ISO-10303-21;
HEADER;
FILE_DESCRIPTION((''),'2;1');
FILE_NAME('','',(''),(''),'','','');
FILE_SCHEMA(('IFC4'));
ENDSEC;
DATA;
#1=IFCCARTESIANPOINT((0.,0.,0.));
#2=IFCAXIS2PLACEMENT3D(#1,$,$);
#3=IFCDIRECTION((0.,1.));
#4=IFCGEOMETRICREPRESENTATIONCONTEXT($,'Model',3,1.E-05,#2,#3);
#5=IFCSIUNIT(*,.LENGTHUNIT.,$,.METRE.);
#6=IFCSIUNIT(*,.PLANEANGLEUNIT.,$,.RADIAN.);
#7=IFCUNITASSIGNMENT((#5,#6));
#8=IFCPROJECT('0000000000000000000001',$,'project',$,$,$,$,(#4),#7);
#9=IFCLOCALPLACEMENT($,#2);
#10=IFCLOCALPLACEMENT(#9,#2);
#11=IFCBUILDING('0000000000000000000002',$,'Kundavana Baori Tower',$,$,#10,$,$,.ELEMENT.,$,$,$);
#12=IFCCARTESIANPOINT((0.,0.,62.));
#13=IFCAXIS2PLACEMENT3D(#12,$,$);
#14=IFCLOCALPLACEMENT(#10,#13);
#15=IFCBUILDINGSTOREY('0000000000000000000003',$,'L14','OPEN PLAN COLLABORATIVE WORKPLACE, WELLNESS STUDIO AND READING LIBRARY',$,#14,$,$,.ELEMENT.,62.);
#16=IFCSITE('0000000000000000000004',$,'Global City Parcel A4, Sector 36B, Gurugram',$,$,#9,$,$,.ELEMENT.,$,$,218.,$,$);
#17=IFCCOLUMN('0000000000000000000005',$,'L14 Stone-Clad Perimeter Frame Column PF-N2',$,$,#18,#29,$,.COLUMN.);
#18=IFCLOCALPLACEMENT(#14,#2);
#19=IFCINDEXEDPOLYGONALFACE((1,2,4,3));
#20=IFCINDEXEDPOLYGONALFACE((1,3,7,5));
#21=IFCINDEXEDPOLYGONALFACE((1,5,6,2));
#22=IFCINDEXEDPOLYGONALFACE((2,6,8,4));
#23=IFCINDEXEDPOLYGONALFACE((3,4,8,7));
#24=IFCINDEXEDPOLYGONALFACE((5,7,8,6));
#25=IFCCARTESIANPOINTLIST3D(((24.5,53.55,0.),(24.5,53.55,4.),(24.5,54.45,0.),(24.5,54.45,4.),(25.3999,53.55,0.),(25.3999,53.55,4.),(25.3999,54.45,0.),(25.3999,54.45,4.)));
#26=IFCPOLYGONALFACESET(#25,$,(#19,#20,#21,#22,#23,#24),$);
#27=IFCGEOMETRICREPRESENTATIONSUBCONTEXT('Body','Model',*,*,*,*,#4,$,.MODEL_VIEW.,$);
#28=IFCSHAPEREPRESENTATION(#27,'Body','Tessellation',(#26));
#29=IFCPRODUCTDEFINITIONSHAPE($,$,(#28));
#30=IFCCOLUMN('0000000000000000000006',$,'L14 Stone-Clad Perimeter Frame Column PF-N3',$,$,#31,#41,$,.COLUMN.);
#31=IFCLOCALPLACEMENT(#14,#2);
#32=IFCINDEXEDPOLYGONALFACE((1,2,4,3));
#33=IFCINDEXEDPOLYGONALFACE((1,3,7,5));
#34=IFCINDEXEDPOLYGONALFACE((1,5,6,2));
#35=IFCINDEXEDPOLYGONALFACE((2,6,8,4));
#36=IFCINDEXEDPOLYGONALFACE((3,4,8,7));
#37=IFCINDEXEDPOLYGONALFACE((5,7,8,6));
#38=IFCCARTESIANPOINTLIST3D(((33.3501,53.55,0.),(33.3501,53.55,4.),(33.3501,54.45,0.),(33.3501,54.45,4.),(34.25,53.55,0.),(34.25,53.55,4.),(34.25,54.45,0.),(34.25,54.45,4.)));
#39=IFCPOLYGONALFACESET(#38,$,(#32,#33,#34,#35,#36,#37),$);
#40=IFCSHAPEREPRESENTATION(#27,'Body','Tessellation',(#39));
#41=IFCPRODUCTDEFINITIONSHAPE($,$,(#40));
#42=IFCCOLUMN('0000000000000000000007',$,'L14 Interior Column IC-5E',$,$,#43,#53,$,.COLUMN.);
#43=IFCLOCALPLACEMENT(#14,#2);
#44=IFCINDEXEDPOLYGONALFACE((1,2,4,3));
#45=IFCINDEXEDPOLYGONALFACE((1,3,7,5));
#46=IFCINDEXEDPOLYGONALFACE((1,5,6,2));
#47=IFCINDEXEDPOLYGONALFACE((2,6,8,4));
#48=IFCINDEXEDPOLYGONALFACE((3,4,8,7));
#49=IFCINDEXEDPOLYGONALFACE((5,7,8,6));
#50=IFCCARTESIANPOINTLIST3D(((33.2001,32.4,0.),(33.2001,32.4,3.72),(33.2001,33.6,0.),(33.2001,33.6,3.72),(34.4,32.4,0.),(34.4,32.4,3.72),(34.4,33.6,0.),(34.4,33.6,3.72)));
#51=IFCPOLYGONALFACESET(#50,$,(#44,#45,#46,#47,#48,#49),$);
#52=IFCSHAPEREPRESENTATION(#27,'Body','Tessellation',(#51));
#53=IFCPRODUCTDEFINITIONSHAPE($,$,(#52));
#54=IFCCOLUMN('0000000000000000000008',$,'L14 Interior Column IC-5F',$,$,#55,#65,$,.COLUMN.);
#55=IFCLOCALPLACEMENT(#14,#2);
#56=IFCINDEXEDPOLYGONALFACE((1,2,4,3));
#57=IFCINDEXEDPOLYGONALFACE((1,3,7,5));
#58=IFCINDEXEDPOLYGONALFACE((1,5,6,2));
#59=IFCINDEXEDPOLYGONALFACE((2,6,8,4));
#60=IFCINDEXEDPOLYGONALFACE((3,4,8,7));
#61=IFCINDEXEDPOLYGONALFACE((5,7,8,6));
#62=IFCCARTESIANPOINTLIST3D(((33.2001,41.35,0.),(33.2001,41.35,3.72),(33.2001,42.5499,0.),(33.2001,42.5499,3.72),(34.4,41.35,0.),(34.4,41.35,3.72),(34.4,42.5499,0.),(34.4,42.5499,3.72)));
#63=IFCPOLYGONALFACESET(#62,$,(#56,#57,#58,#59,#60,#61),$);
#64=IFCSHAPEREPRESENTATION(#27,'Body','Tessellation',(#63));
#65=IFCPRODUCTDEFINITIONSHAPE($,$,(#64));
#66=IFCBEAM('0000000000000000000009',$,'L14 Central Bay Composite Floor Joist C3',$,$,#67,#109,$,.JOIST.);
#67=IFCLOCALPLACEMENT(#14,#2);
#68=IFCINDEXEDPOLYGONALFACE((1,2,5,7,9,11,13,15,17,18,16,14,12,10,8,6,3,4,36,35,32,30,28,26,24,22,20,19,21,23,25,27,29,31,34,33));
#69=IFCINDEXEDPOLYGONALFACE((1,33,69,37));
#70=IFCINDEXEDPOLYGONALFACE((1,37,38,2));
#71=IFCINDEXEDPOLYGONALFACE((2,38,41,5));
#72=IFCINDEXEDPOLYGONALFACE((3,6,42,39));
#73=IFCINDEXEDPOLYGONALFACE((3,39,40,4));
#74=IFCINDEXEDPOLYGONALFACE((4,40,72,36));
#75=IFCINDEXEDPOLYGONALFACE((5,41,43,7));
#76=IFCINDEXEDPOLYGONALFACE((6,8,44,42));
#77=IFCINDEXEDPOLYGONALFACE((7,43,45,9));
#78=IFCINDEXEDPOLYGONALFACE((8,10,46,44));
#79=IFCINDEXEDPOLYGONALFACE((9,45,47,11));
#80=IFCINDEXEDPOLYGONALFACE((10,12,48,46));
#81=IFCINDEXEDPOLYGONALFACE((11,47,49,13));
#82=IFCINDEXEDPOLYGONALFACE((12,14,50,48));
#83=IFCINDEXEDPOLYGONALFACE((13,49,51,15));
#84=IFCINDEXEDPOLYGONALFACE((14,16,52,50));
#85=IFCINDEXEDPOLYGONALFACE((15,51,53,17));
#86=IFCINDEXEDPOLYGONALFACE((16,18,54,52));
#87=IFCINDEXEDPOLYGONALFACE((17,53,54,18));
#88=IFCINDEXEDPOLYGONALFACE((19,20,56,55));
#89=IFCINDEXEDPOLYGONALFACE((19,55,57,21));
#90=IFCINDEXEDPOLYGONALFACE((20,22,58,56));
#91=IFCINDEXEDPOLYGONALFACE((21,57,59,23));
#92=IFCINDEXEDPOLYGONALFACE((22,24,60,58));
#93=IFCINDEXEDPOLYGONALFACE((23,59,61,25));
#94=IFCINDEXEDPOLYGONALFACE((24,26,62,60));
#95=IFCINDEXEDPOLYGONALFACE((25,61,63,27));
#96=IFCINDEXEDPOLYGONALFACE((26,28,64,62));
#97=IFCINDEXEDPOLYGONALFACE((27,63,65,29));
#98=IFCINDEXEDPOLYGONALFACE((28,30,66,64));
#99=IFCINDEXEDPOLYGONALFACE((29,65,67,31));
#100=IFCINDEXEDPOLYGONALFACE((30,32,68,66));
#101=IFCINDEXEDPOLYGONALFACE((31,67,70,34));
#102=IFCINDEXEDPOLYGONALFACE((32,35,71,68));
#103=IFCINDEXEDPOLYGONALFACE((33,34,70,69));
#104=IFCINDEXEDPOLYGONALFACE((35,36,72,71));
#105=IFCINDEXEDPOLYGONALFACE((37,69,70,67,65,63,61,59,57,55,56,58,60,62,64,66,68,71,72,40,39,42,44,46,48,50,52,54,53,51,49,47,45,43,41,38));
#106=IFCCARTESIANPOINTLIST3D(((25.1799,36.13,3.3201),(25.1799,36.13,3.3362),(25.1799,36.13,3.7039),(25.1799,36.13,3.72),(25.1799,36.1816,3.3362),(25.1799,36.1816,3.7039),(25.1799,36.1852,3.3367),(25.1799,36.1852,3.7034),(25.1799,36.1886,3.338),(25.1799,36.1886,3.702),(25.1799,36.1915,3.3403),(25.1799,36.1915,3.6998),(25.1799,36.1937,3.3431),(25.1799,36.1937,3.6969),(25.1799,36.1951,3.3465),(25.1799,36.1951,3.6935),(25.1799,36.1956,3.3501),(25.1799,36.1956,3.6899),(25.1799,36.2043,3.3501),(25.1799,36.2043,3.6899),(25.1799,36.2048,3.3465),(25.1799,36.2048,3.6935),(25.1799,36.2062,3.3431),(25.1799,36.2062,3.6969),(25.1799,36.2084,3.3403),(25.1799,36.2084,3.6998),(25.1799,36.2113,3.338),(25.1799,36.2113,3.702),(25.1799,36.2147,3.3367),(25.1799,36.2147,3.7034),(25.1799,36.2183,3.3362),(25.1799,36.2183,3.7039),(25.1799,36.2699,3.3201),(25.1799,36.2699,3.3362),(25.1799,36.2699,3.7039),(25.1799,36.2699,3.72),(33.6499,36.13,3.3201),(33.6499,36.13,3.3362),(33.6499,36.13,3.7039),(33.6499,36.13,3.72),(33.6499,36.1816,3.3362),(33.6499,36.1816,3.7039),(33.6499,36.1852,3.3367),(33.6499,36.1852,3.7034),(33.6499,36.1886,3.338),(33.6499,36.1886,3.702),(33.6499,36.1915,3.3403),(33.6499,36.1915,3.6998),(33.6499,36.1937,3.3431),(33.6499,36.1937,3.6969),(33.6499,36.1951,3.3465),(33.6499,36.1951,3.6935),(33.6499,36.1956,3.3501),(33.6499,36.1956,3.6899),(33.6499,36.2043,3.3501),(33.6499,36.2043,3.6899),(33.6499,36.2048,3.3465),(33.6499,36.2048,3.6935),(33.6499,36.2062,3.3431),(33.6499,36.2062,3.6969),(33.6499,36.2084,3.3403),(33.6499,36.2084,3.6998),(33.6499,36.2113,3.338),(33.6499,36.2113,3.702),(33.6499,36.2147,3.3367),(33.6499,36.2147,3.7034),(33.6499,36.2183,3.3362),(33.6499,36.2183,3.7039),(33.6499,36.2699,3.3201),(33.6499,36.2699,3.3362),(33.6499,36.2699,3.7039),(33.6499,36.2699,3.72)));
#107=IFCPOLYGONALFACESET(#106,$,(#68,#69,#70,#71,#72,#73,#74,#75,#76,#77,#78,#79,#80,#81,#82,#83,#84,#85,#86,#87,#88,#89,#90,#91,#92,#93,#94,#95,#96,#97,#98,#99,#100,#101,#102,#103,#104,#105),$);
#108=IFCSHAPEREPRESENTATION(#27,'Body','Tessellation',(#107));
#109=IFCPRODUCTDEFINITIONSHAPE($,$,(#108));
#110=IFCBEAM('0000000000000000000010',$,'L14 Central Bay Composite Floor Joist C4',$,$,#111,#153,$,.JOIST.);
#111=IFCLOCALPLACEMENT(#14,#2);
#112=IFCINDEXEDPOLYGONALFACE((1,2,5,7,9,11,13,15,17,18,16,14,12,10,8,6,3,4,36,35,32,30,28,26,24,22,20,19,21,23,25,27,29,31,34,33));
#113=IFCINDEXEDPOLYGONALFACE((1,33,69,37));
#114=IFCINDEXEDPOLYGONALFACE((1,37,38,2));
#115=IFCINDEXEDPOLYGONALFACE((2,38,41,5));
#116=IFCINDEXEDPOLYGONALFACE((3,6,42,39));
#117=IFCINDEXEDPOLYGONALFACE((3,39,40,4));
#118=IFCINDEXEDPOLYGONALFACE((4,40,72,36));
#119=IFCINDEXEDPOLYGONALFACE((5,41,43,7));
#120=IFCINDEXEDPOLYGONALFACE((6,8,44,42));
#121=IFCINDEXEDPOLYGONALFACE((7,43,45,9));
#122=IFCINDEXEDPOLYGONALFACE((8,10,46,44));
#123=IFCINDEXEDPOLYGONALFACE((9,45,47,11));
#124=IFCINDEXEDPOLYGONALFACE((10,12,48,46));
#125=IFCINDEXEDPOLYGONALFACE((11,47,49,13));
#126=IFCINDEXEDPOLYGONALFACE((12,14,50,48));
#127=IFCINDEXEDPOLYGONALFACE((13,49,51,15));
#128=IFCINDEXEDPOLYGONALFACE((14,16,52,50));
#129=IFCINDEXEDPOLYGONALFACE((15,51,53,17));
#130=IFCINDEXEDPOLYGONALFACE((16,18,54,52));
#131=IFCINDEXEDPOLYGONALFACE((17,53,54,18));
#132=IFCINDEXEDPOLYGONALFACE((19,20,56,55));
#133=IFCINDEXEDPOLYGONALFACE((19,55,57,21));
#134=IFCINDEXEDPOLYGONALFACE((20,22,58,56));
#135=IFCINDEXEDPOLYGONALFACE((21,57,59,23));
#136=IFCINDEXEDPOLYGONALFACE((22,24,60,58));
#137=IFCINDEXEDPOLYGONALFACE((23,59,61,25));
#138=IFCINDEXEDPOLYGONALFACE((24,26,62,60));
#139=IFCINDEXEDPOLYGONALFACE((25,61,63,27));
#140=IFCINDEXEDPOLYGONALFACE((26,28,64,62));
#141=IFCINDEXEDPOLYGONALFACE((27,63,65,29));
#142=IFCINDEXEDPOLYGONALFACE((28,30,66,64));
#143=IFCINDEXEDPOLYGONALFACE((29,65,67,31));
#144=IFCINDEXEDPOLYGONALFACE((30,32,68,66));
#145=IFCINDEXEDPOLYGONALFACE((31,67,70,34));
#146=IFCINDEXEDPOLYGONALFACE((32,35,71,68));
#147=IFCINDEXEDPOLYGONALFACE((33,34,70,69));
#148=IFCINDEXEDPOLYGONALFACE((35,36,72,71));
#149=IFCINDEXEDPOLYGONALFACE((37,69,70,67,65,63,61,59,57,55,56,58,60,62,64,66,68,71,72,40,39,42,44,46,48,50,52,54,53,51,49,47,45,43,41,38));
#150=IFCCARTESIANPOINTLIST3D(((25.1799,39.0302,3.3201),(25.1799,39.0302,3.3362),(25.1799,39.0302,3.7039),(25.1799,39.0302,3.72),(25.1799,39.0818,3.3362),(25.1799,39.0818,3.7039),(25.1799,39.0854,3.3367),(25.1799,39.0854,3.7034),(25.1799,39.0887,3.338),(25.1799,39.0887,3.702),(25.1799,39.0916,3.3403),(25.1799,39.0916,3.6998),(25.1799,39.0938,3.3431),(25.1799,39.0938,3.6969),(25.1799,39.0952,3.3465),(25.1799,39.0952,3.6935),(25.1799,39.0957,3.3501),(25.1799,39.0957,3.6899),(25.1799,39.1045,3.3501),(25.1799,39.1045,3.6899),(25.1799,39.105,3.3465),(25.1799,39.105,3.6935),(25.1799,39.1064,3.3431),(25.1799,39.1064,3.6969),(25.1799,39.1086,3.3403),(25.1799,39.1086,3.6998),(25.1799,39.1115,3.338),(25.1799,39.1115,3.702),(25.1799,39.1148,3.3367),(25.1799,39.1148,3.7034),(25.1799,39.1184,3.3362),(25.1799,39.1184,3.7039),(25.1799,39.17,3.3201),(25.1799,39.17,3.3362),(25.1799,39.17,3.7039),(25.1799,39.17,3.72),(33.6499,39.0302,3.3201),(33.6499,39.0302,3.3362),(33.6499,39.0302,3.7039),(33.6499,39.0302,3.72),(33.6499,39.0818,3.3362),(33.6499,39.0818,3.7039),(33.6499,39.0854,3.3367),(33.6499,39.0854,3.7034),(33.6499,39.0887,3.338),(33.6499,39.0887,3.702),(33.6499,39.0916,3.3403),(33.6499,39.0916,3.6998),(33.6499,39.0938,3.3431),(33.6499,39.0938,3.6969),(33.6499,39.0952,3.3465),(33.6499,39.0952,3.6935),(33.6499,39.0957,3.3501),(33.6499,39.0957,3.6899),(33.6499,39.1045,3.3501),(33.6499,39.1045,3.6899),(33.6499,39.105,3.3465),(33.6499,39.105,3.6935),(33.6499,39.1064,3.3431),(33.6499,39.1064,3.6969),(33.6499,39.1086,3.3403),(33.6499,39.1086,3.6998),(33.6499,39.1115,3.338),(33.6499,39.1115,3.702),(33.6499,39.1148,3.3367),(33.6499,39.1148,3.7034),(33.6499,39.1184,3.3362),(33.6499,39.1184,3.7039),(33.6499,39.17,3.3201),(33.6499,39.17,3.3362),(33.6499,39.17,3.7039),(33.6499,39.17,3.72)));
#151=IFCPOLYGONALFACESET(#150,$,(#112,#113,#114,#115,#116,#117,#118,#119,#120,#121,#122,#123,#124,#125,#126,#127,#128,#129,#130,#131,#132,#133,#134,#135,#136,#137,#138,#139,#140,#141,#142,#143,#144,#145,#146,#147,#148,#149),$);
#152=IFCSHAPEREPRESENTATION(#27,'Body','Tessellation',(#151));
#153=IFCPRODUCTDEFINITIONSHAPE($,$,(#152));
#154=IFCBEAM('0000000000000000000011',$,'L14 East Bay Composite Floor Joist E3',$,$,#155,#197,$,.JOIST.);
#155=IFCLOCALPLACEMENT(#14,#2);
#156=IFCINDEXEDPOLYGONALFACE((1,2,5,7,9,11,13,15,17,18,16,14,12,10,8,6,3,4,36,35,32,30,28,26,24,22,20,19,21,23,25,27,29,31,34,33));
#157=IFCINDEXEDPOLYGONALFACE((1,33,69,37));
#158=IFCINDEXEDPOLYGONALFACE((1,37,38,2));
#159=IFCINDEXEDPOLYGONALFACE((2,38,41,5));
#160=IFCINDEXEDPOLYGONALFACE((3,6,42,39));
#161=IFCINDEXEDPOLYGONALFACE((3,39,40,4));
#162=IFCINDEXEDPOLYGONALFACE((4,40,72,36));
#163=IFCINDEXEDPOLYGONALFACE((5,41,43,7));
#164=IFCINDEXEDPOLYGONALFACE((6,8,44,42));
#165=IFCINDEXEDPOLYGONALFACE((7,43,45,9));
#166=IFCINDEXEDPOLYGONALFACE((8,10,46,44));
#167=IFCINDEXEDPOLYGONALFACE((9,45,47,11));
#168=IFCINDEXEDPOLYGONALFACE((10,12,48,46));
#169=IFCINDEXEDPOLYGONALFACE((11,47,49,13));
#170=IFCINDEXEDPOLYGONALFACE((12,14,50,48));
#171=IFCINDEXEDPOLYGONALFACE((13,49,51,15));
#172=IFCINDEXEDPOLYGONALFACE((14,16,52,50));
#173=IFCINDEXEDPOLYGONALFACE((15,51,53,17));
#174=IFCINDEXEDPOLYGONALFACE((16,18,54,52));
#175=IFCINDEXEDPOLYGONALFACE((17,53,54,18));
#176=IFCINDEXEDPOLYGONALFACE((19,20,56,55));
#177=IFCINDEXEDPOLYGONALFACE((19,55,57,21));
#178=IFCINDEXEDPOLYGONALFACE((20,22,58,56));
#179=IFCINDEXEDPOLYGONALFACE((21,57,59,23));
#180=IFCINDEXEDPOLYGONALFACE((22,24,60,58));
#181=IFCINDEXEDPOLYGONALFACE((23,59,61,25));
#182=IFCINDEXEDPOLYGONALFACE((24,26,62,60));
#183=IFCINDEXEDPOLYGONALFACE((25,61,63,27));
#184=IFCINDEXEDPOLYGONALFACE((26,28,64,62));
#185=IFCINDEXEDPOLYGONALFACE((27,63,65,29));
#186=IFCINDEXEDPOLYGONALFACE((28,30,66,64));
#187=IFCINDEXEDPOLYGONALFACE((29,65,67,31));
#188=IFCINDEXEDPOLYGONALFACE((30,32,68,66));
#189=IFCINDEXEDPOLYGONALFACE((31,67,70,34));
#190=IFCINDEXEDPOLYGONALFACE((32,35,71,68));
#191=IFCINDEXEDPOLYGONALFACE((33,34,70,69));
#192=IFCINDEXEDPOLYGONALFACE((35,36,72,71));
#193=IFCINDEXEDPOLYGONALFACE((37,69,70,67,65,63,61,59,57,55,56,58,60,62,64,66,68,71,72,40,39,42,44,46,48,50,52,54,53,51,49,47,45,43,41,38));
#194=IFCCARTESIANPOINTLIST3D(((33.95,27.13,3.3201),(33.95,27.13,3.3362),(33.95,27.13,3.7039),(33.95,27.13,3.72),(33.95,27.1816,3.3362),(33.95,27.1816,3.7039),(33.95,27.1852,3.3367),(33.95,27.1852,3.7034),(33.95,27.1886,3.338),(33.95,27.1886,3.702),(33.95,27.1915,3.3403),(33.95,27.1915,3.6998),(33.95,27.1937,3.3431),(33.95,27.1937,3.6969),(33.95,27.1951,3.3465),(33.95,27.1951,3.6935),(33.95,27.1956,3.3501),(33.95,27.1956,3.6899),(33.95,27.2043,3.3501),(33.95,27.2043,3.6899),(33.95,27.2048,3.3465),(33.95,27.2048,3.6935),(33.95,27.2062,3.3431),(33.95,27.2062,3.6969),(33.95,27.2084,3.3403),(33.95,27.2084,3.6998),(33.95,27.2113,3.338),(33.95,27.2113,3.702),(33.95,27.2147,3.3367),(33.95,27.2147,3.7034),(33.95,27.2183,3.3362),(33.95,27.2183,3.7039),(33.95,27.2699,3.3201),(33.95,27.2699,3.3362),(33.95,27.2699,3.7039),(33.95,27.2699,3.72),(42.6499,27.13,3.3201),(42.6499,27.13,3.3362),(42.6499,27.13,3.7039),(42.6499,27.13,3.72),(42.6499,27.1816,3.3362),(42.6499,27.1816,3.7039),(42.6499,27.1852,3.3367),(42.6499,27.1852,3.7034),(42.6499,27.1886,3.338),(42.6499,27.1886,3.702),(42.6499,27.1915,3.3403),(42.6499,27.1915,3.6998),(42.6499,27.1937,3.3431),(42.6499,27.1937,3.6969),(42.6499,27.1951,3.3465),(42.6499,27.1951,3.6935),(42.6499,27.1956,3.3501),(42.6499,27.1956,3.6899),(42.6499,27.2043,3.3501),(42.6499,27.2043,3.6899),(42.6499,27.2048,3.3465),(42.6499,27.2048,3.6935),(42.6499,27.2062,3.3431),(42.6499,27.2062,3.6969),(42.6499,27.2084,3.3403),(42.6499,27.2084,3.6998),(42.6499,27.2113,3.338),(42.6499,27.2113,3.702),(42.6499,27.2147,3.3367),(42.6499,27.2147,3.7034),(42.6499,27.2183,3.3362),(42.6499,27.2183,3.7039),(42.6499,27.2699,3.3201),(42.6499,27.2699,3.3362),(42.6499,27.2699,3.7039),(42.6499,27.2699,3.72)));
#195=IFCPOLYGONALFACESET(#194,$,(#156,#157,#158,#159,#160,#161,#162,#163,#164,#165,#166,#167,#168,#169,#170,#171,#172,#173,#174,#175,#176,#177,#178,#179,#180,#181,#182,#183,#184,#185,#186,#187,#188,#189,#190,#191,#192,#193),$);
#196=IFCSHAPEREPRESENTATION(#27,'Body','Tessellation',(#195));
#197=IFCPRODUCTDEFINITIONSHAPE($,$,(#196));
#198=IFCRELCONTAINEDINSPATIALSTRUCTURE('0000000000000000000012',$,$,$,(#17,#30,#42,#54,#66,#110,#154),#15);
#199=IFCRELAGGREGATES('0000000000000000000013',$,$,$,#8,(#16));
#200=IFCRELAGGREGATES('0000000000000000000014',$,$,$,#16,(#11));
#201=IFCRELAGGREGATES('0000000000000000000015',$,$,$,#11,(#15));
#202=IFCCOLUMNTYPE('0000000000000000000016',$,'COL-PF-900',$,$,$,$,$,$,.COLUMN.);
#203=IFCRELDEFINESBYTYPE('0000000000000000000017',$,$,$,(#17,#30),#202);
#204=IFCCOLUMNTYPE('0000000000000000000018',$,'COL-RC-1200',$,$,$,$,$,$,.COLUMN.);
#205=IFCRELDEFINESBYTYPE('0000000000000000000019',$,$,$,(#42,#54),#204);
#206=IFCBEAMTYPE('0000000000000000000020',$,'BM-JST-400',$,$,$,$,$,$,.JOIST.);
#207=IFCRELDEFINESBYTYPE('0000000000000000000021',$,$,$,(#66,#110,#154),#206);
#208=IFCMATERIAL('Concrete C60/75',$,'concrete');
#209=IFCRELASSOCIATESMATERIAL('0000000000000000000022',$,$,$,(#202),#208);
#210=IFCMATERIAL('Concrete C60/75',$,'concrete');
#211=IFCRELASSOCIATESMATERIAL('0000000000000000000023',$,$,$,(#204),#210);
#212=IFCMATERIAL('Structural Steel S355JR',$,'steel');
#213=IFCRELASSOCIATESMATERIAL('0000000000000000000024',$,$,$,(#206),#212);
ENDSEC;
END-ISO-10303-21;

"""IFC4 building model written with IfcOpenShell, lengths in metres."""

from ifc_helpers import new_model, si_unit, direction, frame, origin, origin_2d, place, context, subcontext, project, spatial, rectangle, i_section, extrude, material, material_profile, profile_set, type_object, element, save


model = new_model("IFC4")

# Units and contexts
model_context = context("Model", 3, precision=1e-05, world=origin(), true_north=direction((0.0, 1.0)))
body_context = subcontext(model_context, "Body", "Model", "MODEL_VIEW")
ifc_project = project(units=[si_unit("LENGTHUNIT", "METRE"), si_unit("PLANEANGLEUNIT", "RADIAN")], contexts=[model_context])

# Site, building, storey
site_placement = place(None, origin())
site = spatial("IfcSite", under=ifc_project, at=site_placement, Name="Global City Parcel A4, Sector 36B, Gurugram", CompositionType="ELEMENT", RefElevation=218.0)
building_placement = place(site_placement, origin())
building = spatial("IfcBuilding", under=site, at=building_placement, Name="Kundavana Baori Tower", CompositionType="ELEMENT")
storey_placement = place(building_placement, frame((0.0, 0.0, 62.0)))
storey = spatial("IfcBuildingStorey", under=building, at=storey_placement, Name="L14", Description="OPEN PLAN COLLABORATIVE WORKPLACE, WELLNESS STUDIO AND READING LIBRARY", CompositionType="ELEMENT", Elevation=62.0)

# Columns
ifc_material_1 = material(Name="Concrete C60/75", Category="concrete")
ifc_material_profile_1 = material_profile(ifc_material_1, rectangle(XDim=0.8999, YDim=0.8999, at=origin_2d()), Name="RC PF 900x900")
ifc_profile_set_1 = profile_set([ifc_material_profile_1], Name="Concrete C60/75")
column_type_1 = type_object("IfcColumnType", Name="COL-PF-900", PredefinedType="COLUMN", material=ifc_profile_set_1)
for number, where, z_axis, x_axis, name in (
    (1, (24.95, 54.0, 0.0), (0.0, 0.0, 1.0), (1.0, 0.0, 0.0), "L14 Stone-Clad Perimeter Frame Column PF-N2"),
    (2, (33.8, 54.0, 0.0), (0.0, 0.0, 1.0), (1.0, 0.0, 0.0), "L14 Stone-Clad Perimeter Frame Column PF-N3"),
):
    element("IfcColumn", number, at=place(storey_placement, frame(where, z_axis=z_axis, x_axis=x_axis)), inside=storey, type_object=column_type_1, Name=name, PredefinedType="COLUMN", context=body_context, shape_type="SweptSolid", body=[
        extrude(rectangle(XDim=0.8999, YDim=0.8999, at=origin_2d()), origin(), (0.0, 0.0, 1.0), 4.0),
    ])
ifc_material_2 = material(Name="Concrete C60/75", Category="concrete")
ifc_material_profile_2 = material_profile(ifc_material_2, rectangle(XDim=1.2, YDim=1.2, at=origin_2d()), Name="RC 1200x1200")
ifc_profile_set_2 = profile_set([ifc_material_profile_2], Name="Concrete C60/75")
column_type_2 = type_object("IfcColumnType", Name="COL-RC-1200", PredefinedType="COLUMN", material=ifc_profile_set_2)
for number, where, z_axis, x_axis, name in (
    (3, (33.8, 33.0, 0.0), (0.0, 0.0, 1.0), (1.0, 0.0, 0.0), "L14 Interior Column IC-5E"),
    (4, (33.8, 41.95, 0.0), (0.0, 0.0, 1.0), (1.0, 0.0, 0.0), "L14 Interior Column IC-5F"),
):
    element("IfcColumn", number, at=place(storey_placement, frame(where, z_axis=z_axis, x_axis=x_axis)), inside=storey, type_object=column_type_2, Name=name, PredefinedType="COLUMN", context=body_context, shape_type="SweptSolid", body=[
        extrude(rectangle(XDim=1.2, YDim=1.2, at=origin_2d()), origin(), (0.0, 0.0, 1.0), 3.72),
    ])

# Beams
ifc_material_3 = material(Name="Structural Steel S355JR", Category="steel")
ifc_material_profile_3 = material_profile(ifc_material_3, i_section(OverallWidth=0.1399, OverallDepth=0.3999, WebThickness=0.0088, FlangeThickness=0.0161, FilletRadius=0.0139, at=origin_2d()), Name="ISMB 400")
ifc_profile_set_3 = profile_set([ifc_material_profile_3], Name="Structural Steel S355JR")
beam_type_1 = type_object("IfcBeamType", Name="BM-JST-400", PredefinedType="JOIST", material=ifc_profile_set_3)
for number, where, z_axis, x_axis, name in (
    (5, (25.1799, 36.2, 3.52), (1.0, 0.0, 0.0), (0.0, 1.0, 0.0), "L14 Central Bay Composite Floor Joist C3"),
    (6, (25.1799, 39.1001, 3.52), (1.0, 0.0, 0.0), (0.0, 1.0, 0.0), "L14 Central Bay Composite Floor Joist C4"),
):
    element("IfcBeam", number, at=place(storey_placement, frame(where, z_axis=z_axis, x_axis=x_axis)), inside=storey, type_object=beam_type_1, Name=name, PredefinedType="JOIST", context=body_context, shape_type="SweptSolid", body=[
        extrude(i_section(OverallWidth=0.1399, OverallDepth=0.3999, WebThickness=0.0088, FlangeThickness=0.0161, FilletRadius=0.0139, at=origin_2d()), origin(), (0.0, 0.0, 1.0), 8.47),
    ])
beam_1_placement = place(storey_placement, frame((33.95, 27.2, 3.52), z_axis=(1.0, 0.0, 0.0), x_axis=(0.0, 1.0, 0.0)))
element("IfcBeam", 7, at=beam_1_placement, inside=storey, type_object=beam_type_1, Name="L14 East Bay Composite Floor Joist E3", PredefinedType="JOIST", context=body_context, shape_type="SweptSolid", body=[
    extrude(i_section(OverallWidth=0.1399, OverallDepth=0.3999, WebThickness=0.0088, FlangeThickness=0.0161, FilletRadius=0.0139, at=origin_2d()), origin(), (0.0, 0.0, 1.0), 8.7),
])

save(model, "model.ifc")
